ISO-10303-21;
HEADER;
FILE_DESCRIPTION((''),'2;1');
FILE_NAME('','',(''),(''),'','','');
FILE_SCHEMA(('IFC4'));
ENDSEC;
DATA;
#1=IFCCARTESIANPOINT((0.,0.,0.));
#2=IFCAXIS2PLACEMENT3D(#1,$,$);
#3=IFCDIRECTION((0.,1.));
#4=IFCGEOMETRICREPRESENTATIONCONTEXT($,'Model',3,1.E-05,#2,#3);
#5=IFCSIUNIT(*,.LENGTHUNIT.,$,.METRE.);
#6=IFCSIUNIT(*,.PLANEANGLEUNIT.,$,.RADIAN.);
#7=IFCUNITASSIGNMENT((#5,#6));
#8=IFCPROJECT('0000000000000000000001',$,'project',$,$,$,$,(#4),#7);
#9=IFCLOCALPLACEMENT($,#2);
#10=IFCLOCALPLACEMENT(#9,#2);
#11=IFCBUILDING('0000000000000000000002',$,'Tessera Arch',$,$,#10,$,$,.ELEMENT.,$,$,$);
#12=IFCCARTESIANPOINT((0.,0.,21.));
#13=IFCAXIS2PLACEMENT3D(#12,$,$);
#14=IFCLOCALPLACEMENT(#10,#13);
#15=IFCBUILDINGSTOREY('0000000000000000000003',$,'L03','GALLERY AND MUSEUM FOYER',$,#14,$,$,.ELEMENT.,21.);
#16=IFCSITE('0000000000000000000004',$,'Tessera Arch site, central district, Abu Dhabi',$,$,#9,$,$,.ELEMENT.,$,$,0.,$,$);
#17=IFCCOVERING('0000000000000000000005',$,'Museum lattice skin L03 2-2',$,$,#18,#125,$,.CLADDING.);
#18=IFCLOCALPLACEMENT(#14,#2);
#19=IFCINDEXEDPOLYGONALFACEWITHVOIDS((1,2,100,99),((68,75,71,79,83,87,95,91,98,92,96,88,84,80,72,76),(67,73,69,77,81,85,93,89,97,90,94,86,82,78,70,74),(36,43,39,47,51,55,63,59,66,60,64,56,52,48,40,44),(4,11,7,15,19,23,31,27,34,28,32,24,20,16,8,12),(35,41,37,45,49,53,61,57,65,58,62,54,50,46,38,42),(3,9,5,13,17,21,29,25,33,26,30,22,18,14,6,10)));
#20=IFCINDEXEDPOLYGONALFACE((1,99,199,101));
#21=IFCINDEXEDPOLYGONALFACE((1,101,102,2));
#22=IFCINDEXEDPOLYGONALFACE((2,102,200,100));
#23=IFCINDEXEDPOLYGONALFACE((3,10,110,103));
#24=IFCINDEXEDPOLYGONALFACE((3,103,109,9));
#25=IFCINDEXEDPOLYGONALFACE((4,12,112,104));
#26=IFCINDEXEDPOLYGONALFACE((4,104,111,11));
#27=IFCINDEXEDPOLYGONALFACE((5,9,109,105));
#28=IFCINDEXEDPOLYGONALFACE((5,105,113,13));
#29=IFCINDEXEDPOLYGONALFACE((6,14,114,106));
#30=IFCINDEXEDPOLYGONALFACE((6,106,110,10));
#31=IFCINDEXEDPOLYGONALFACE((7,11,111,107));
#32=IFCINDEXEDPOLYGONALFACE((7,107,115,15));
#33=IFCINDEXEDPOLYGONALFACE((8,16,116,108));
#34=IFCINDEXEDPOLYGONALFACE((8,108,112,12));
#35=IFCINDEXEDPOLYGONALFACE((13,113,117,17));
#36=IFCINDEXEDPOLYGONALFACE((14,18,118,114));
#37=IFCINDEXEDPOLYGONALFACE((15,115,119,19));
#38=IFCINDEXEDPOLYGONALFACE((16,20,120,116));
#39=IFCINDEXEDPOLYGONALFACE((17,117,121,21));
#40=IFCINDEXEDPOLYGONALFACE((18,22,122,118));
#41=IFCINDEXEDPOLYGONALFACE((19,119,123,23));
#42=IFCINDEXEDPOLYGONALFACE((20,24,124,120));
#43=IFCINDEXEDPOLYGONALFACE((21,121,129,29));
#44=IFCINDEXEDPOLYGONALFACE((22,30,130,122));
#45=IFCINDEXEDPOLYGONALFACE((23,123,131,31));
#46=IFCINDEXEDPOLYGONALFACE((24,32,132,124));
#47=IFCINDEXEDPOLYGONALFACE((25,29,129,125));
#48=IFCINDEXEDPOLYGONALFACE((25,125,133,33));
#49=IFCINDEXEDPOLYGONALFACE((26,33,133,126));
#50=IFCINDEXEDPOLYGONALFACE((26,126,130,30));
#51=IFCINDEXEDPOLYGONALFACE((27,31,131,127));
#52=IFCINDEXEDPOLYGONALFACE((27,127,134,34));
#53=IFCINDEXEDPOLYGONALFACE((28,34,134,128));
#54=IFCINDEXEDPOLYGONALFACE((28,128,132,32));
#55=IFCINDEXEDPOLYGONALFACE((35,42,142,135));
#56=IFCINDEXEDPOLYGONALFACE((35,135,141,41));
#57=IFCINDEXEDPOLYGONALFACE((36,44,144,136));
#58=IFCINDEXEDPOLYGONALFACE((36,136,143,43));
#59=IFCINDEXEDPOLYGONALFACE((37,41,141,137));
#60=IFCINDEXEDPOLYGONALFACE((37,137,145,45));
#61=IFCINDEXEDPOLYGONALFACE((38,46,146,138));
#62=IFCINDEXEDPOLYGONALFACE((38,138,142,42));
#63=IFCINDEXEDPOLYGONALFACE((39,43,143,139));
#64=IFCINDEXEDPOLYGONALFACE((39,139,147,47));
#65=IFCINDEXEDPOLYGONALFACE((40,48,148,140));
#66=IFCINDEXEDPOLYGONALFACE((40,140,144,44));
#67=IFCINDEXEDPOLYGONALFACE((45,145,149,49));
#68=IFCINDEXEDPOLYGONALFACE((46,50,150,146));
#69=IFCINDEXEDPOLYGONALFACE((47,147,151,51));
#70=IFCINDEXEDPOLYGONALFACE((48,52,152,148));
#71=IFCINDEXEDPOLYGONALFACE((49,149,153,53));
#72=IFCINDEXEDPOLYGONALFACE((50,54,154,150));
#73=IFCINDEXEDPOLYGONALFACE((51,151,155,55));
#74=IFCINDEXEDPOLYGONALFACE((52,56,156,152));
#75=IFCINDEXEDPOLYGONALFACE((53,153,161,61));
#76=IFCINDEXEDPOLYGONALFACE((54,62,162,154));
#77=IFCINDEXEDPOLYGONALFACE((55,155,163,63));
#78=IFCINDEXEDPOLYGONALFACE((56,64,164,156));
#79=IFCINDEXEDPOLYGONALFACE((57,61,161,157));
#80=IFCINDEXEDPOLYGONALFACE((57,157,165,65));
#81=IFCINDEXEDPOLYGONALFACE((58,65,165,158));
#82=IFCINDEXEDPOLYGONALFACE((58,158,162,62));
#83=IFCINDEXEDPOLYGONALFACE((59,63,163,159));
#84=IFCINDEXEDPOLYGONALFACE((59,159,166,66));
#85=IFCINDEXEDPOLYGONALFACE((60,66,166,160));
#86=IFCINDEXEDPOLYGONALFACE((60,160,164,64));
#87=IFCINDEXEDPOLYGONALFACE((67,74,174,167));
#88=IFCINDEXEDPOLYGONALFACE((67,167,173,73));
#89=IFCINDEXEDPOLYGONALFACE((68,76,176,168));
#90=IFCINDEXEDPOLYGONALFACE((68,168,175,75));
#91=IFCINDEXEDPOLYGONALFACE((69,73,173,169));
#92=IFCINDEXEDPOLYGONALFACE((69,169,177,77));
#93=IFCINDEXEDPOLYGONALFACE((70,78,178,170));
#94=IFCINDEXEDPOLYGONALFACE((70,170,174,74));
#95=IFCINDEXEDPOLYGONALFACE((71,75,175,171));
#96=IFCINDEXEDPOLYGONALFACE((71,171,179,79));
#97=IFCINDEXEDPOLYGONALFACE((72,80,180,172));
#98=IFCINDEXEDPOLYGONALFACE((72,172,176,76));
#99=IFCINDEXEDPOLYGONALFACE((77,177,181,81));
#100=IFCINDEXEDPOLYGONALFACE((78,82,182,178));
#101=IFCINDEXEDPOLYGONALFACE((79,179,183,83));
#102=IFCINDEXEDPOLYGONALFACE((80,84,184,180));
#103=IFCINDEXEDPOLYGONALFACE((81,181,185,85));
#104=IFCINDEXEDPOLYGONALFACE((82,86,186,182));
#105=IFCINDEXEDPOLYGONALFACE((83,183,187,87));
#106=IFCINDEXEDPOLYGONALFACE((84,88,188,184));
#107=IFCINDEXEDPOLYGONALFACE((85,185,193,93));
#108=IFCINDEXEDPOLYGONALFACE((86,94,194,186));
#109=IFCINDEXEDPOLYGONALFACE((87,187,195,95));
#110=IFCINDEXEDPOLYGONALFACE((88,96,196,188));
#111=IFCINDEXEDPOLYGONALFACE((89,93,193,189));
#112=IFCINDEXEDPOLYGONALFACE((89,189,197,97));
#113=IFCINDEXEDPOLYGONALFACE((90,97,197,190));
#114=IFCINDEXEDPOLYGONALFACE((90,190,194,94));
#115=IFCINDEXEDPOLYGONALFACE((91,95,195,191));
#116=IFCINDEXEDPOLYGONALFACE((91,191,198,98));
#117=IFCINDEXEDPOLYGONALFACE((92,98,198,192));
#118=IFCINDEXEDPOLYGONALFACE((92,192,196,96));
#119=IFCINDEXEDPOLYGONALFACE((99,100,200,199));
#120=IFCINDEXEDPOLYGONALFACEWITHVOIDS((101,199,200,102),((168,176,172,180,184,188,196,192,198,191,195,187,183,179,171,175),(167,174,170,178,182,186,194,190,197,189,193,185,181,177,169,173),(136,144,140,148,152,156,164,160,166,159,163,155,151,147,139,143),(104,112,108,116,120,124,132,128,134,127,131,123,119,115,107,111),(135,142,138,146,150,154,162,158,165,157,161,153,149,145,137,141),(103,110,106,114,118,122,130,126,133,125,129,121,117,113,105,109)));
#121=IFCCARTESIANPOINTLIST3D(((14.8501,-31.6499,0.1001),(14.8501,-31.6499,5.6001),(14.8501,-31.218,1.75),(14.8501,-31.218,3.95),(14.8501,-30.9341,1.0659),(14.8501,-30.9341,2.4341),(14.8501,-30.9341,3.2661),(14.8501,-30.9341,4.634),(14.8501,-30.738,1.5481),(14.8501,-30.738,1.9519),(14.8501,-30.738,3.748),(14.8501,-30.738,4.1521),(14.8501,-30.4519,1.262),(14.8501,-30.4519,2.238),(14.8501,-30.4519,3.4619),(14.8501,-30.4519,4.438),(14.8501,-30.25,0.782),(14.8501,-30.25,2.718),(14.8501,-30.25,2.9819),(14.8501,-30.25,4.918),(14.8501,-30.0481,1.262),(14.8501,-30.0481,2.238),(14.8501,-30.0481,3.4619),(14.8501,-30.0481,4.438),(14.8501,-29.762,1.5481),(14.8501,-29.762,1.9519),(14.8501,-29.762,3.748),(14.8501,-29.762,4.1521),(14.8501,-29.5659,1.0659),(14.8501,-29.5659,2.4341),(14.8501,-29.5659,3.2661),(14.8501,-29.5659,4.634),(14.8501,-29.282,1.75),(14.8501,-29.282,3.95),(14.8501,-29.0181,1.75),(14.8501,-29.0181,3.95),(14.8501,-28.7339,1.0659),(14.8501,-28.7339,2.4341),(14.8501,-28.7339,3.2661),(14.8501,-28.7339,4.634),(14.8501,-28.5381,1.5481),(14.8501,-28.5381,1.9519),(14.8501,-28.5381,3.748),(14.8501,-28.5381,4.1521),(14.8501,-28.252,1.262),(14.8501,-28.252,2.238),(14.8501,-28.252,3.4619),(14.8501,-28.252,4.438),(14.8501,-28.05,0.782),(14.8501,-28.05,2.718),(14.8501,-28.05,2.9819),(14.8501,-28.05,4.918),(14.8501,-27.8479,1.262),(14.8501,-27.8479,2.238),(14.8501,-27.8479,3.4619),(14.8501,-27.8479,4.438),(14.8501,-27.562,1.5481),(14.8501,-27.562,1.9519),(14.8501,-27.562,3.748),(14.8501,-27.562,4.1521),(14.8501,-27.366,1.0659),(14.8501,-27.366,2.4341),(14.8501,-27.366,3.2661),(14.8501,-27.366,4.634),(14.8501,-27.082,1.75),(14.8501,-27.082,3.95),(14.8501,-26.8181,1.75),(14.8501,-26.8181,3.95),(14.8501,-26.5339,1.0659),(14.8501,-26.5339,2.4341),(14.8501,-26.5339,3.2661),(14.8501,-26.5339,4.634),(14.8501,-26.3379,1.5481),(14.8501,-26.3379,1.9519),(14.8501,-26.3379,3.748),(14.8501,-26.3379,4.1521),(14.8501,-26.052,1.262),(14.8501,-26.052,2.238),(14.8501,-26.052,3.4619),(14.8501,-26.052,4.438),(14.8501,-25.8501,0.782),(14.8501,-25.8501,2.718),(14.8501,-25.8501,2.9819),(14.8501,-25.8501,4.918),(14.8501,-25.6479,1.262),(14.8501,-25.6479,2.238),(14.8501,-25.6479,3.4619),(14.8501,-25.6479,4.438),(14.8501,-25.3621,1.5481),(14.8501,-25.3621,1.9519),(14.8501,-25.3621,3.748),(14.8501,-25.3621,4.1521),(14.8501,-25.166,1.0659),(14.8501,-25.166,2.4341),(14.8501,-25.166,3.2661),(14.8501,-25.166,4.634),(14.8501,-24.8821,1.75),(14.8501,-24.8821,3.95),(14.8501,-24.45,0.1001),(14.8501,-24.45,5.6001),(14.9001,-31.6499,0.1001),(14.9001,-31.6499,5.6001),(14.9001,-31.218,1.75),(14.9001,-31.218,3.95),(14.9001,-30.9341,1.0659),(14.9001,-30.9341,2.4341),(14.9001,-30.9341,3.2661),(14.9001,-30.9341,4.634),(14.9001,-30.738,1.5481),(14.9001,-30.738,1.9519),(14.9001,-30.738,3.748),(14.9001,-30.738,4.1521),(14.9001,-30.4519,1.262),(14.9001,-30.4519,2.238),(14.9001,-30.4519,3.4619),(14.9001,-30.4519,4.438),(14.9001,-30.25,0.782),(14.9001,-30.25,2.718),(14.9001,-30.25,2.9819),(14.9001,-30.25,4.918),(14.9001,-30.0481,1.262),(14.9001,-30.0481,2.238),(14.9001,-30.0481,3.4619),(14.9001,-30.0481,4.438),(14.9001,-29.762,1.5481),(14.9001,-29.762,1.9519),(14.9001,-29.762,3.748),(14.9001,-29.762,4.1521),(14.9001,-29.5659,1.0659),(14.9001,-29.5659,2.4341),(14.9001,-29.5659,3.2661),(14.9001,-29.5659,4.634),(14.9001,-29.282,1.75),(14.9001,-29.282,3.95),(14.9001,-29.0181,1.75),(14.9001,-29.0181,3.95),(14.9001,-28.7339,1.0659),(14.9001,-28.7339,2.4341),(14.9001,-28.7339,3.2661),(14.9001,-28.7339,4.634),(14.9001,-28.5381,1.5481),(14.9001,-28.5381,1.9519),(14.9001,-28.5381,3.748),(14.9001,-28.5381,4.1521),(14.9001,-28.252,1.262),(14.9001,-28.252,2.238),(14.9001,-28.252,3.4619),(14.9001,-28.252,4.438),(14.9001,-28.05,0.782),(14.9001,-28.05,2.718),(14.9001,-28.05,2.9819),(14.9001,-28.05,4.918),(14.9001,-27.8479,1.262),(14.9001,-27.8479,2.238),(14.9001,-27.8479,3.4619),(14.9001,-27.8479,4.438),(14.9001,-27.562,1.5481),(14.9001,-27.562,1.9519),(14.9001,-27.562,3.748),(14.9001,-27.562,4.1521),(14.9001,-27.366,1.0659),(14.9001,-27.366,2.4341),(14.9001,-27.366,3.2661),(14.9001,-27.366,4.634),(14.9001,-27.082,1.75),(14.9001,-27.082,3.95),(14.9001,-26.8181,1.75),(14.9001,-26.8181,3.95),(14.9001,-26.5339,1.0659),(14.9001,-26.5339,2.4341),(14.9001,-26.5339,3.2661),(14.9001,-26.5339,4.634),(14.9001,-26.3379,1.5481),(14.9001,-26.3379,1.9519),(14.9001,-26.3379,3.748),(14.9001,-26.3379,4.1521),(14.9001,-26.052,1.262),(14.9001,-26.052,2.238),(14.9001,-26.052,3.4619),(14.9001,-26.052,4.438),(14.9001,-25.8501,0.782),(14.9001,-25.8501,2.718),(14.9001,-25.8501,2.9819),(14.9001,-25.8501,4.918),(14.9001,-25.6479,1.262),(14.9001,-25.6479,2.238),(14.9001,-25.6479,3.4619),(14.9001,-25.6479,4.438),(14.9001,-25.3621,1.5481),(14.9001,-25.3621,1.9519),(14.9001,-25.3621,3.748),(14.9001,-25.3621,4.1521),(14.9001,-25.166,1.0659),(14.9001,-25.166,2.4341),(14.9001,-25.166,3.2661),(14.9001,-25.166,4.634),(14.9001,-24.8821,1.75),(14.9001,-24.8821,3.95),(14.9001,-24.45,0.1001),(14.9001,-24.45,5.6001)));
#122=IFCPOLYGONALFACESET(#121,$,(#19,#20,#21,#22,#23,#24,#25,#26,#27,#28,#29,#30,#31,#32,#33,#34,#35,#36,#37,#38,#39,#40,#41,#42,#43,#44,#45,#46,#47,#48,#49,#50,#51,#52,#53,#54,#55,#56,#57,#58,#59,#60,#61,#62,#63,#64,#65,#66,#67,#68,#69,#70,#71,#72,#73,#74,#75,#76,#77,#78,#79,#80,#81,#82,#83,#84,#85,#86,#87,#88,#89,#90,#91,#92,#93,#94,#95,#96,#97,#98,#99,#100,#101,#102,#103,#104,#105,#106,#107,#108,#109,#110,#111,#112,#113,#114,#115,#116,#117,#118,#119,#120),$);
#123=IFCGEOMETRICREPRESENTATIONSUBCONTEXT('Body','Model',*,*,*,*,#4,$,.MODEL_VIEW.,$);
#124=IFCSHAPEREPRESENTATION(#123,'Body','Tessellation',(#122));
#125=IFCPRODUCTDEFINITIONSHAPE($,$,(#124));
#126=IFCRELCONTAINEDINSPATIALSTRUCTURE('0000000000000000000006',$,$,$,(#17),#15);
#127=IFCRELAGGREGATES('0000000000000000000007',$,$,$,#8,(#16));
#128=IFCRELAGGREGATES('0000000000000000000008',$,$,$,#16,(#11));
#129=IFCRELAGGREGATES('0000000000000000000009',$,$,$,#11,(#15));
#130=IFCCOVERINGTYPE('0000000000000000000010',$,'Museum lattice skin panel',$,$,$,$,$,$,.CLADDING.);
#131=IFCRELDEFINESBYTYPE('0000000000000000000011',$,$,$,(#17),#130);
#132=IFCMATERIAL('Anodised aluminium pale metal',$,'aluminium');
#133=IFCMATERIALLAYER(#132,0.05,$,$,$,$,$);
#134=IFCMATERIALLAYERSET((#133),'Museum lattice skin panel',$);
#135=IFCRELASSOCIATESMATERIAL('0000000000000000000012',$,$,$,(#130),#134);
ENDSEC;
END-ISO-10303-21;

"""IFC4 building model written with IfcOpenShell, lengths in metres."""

from ifc_helpers import new_model, si_unit, direction, frame, origin, place, context, subcontext, project, spatial, polyline, outline, extrude, material, layer, layer_set, type_object, element, save


model = new_model("IFC4")

# Units and contexts
model_context = context("Model", 3, precision=1e-05, world=origin(), true_north=direction((0.0, 1.0)))
body_context = subcontext(model_context, "Body", "Model", "MODEL_VIEW")
ifc_project = project(units=[si_unit("LENGTHUNIT", "METRE"), si_unit("PLANEANGLEUNIT", "RADIAN")], contexts=[model_context])

# Site, building, storey
site_placement = place(None, origin())
site = spatial("IfcSite", under=ifc_project, at=site_placement, Name="Tessera Arch site, central district, Abu Dhabi", CompositionType="ELEMENT", RefElevation=0.0)
building_placement = place(site_placement, origin())
building = spatial("IfcBuilding", under=site, at=building_placement, Name="Tessera Arch", CompositionType="ELEMENT")
storey_placement = place(building_placement, frame((0.0, 0.0, 21.0)))
storey = spatial("IfcBuildingStorey", under=building, at=storey_placement, Name="L03", Description="GALLERY AND MUSEUM FOYER", CompositionType="ELEMENT", Elevation=21.0)

# Covering
ifc_material_1 = material(Name="Anodised aluminium pale metal", Category="aluminium")
ifc_layer_1 = layer(ifc_material_1, 0.05)
ifc_layer_set_1 = layer_set([ifc_layer_1], Name="Museum lattice skin panel")
covering_type_1 = type_object("IfcCoveringType", Name="Museum lattice skin panel", PredefinedType="CLADDING", material=ifc_layer_set_1)
covering_1_placement = place(storey_placement, frame((14.8501, -31.6499, 5.6001), z_axis=(-1.0, 0.0, 0.0), x_axis=(0.0, 1.0, 0.0)))
element("IfcCovering", 1, at=covering_1_placement, inside=storey, type_object=covering_type_1, Name="Museum lattice skin L03 2-2", PredefinedType="CLADDING", context=body_context, shape_type="SweptSolid", body=[
    extrude(outline(polyline([(0.0, 0.0), (7.2, 0.0), (7.2, 5.5), (0.0, 5.5), (0.0, 0.0)]), holes=[polyline([(2.3679, 3.8501), (1.8879, 3.6482), (2.084, 3.166), (1.6018, 3.3621), (1.3999, 2.8821), (1.198, 3.3621), (0.7158, 3.166), (0.9119, 3.6482), (0.4319, 3.8501), (0.9119, 4.052), (0.7158, 4.5342), (1.198, 4.3381), (1.3999, 4.8181), (1.6018, 4.3381), (2.084, 4.5342), (1.8879, 4.052), (2.3679, 3.8501)]), polyline([(2.3679, 1.6501), (1.8879, 1.448), (2.084, 0.9661), (1.6018, 1.1621), (1.3999, 0.6821), (1.198, 1.1621), (0.7158, 0.9661), (0.9119, 1.448), (0.4319, 1.6501), (0.9119, 1.8521), (0.7158, 2.334), (1.198, 2.1382), (1.3999, 2.6182), (1.6018, 2.1382), (2.084, 2.334), (1.8879, 1.8521), (2.3679, 1.6501)]), polyline([(4.5679, 3.8501), (4.0879, 3.6482), (4.2839, 3.166), (3.802, 3.3621), (3.5999, 2.8821), (3.3979, 3.3621), (2.916, 3.166), (3.1118, 3.6482), (2.6318, 3.8501), (3.1118, 4.052), (2.916, 4.5342), (3.3979, 4.3381), (3.5999, 4.8181), (3.802, 4.3381), (4.2839, 4.5342), (4.0879, 4.052), (4.5679, 3.8501)]), polyline([(4.5679, 1.6501), (4.0879, 1.448), (4.2839, 0.9661), (3.802, 1.1621), (3.5999, 0.6821), (3.3979, 1.1621), (2.916, 0.9661), (3.1118, 1.448), (2.6318, 1.6501), (3.1118, 1.8521), (2.916, 2.334), (3.3979, 2.1382), (3.5999, 2.6182), (3.802, 2.1382), (4.2839, 2.334), (4.0879, 1.8521), (4.5679, 1.6501)]), polyline([(6.7678, 3.8501), (6.2878, 3.6482), (6.4839, 3.166), (6.002, 3.3621), (5.7998, 2.8821), (5.5979, 3.3621), (5.116, 3.166), (5.312, 3.6482), (4.8318, 3.8501), (5.312, 4.052), (5.116, 4.5342), (5.5979, 4.3381), (5.7998, 4.8181), (6.002, 4.3381), (6.4839, 4.5342), (6.2878, 4.052), (6.7678, 3.8501)]), polyline([(6.7678, 1.6501), (6.2878, 1.448), (6.4839, 0.9661), (6.002, 1.1621), (5.7998, 0.6821), (5.5979, 1.1621), (5.116, 0.9661), (5.312, 1.448), (4.8318, 1.6501), (5.312, 1.8521), (5.116, 2.334), (5.5979, 2.1382), (5.7998, 2.6182), (6.002, 2.1382), (6.4839, 2.334), (6.2878, 1.8521), (6.7678, 1.6501)])]), origin(), (0.0, 0.0, -1.0), 0.05),
])

save(model, "model.ifc")
